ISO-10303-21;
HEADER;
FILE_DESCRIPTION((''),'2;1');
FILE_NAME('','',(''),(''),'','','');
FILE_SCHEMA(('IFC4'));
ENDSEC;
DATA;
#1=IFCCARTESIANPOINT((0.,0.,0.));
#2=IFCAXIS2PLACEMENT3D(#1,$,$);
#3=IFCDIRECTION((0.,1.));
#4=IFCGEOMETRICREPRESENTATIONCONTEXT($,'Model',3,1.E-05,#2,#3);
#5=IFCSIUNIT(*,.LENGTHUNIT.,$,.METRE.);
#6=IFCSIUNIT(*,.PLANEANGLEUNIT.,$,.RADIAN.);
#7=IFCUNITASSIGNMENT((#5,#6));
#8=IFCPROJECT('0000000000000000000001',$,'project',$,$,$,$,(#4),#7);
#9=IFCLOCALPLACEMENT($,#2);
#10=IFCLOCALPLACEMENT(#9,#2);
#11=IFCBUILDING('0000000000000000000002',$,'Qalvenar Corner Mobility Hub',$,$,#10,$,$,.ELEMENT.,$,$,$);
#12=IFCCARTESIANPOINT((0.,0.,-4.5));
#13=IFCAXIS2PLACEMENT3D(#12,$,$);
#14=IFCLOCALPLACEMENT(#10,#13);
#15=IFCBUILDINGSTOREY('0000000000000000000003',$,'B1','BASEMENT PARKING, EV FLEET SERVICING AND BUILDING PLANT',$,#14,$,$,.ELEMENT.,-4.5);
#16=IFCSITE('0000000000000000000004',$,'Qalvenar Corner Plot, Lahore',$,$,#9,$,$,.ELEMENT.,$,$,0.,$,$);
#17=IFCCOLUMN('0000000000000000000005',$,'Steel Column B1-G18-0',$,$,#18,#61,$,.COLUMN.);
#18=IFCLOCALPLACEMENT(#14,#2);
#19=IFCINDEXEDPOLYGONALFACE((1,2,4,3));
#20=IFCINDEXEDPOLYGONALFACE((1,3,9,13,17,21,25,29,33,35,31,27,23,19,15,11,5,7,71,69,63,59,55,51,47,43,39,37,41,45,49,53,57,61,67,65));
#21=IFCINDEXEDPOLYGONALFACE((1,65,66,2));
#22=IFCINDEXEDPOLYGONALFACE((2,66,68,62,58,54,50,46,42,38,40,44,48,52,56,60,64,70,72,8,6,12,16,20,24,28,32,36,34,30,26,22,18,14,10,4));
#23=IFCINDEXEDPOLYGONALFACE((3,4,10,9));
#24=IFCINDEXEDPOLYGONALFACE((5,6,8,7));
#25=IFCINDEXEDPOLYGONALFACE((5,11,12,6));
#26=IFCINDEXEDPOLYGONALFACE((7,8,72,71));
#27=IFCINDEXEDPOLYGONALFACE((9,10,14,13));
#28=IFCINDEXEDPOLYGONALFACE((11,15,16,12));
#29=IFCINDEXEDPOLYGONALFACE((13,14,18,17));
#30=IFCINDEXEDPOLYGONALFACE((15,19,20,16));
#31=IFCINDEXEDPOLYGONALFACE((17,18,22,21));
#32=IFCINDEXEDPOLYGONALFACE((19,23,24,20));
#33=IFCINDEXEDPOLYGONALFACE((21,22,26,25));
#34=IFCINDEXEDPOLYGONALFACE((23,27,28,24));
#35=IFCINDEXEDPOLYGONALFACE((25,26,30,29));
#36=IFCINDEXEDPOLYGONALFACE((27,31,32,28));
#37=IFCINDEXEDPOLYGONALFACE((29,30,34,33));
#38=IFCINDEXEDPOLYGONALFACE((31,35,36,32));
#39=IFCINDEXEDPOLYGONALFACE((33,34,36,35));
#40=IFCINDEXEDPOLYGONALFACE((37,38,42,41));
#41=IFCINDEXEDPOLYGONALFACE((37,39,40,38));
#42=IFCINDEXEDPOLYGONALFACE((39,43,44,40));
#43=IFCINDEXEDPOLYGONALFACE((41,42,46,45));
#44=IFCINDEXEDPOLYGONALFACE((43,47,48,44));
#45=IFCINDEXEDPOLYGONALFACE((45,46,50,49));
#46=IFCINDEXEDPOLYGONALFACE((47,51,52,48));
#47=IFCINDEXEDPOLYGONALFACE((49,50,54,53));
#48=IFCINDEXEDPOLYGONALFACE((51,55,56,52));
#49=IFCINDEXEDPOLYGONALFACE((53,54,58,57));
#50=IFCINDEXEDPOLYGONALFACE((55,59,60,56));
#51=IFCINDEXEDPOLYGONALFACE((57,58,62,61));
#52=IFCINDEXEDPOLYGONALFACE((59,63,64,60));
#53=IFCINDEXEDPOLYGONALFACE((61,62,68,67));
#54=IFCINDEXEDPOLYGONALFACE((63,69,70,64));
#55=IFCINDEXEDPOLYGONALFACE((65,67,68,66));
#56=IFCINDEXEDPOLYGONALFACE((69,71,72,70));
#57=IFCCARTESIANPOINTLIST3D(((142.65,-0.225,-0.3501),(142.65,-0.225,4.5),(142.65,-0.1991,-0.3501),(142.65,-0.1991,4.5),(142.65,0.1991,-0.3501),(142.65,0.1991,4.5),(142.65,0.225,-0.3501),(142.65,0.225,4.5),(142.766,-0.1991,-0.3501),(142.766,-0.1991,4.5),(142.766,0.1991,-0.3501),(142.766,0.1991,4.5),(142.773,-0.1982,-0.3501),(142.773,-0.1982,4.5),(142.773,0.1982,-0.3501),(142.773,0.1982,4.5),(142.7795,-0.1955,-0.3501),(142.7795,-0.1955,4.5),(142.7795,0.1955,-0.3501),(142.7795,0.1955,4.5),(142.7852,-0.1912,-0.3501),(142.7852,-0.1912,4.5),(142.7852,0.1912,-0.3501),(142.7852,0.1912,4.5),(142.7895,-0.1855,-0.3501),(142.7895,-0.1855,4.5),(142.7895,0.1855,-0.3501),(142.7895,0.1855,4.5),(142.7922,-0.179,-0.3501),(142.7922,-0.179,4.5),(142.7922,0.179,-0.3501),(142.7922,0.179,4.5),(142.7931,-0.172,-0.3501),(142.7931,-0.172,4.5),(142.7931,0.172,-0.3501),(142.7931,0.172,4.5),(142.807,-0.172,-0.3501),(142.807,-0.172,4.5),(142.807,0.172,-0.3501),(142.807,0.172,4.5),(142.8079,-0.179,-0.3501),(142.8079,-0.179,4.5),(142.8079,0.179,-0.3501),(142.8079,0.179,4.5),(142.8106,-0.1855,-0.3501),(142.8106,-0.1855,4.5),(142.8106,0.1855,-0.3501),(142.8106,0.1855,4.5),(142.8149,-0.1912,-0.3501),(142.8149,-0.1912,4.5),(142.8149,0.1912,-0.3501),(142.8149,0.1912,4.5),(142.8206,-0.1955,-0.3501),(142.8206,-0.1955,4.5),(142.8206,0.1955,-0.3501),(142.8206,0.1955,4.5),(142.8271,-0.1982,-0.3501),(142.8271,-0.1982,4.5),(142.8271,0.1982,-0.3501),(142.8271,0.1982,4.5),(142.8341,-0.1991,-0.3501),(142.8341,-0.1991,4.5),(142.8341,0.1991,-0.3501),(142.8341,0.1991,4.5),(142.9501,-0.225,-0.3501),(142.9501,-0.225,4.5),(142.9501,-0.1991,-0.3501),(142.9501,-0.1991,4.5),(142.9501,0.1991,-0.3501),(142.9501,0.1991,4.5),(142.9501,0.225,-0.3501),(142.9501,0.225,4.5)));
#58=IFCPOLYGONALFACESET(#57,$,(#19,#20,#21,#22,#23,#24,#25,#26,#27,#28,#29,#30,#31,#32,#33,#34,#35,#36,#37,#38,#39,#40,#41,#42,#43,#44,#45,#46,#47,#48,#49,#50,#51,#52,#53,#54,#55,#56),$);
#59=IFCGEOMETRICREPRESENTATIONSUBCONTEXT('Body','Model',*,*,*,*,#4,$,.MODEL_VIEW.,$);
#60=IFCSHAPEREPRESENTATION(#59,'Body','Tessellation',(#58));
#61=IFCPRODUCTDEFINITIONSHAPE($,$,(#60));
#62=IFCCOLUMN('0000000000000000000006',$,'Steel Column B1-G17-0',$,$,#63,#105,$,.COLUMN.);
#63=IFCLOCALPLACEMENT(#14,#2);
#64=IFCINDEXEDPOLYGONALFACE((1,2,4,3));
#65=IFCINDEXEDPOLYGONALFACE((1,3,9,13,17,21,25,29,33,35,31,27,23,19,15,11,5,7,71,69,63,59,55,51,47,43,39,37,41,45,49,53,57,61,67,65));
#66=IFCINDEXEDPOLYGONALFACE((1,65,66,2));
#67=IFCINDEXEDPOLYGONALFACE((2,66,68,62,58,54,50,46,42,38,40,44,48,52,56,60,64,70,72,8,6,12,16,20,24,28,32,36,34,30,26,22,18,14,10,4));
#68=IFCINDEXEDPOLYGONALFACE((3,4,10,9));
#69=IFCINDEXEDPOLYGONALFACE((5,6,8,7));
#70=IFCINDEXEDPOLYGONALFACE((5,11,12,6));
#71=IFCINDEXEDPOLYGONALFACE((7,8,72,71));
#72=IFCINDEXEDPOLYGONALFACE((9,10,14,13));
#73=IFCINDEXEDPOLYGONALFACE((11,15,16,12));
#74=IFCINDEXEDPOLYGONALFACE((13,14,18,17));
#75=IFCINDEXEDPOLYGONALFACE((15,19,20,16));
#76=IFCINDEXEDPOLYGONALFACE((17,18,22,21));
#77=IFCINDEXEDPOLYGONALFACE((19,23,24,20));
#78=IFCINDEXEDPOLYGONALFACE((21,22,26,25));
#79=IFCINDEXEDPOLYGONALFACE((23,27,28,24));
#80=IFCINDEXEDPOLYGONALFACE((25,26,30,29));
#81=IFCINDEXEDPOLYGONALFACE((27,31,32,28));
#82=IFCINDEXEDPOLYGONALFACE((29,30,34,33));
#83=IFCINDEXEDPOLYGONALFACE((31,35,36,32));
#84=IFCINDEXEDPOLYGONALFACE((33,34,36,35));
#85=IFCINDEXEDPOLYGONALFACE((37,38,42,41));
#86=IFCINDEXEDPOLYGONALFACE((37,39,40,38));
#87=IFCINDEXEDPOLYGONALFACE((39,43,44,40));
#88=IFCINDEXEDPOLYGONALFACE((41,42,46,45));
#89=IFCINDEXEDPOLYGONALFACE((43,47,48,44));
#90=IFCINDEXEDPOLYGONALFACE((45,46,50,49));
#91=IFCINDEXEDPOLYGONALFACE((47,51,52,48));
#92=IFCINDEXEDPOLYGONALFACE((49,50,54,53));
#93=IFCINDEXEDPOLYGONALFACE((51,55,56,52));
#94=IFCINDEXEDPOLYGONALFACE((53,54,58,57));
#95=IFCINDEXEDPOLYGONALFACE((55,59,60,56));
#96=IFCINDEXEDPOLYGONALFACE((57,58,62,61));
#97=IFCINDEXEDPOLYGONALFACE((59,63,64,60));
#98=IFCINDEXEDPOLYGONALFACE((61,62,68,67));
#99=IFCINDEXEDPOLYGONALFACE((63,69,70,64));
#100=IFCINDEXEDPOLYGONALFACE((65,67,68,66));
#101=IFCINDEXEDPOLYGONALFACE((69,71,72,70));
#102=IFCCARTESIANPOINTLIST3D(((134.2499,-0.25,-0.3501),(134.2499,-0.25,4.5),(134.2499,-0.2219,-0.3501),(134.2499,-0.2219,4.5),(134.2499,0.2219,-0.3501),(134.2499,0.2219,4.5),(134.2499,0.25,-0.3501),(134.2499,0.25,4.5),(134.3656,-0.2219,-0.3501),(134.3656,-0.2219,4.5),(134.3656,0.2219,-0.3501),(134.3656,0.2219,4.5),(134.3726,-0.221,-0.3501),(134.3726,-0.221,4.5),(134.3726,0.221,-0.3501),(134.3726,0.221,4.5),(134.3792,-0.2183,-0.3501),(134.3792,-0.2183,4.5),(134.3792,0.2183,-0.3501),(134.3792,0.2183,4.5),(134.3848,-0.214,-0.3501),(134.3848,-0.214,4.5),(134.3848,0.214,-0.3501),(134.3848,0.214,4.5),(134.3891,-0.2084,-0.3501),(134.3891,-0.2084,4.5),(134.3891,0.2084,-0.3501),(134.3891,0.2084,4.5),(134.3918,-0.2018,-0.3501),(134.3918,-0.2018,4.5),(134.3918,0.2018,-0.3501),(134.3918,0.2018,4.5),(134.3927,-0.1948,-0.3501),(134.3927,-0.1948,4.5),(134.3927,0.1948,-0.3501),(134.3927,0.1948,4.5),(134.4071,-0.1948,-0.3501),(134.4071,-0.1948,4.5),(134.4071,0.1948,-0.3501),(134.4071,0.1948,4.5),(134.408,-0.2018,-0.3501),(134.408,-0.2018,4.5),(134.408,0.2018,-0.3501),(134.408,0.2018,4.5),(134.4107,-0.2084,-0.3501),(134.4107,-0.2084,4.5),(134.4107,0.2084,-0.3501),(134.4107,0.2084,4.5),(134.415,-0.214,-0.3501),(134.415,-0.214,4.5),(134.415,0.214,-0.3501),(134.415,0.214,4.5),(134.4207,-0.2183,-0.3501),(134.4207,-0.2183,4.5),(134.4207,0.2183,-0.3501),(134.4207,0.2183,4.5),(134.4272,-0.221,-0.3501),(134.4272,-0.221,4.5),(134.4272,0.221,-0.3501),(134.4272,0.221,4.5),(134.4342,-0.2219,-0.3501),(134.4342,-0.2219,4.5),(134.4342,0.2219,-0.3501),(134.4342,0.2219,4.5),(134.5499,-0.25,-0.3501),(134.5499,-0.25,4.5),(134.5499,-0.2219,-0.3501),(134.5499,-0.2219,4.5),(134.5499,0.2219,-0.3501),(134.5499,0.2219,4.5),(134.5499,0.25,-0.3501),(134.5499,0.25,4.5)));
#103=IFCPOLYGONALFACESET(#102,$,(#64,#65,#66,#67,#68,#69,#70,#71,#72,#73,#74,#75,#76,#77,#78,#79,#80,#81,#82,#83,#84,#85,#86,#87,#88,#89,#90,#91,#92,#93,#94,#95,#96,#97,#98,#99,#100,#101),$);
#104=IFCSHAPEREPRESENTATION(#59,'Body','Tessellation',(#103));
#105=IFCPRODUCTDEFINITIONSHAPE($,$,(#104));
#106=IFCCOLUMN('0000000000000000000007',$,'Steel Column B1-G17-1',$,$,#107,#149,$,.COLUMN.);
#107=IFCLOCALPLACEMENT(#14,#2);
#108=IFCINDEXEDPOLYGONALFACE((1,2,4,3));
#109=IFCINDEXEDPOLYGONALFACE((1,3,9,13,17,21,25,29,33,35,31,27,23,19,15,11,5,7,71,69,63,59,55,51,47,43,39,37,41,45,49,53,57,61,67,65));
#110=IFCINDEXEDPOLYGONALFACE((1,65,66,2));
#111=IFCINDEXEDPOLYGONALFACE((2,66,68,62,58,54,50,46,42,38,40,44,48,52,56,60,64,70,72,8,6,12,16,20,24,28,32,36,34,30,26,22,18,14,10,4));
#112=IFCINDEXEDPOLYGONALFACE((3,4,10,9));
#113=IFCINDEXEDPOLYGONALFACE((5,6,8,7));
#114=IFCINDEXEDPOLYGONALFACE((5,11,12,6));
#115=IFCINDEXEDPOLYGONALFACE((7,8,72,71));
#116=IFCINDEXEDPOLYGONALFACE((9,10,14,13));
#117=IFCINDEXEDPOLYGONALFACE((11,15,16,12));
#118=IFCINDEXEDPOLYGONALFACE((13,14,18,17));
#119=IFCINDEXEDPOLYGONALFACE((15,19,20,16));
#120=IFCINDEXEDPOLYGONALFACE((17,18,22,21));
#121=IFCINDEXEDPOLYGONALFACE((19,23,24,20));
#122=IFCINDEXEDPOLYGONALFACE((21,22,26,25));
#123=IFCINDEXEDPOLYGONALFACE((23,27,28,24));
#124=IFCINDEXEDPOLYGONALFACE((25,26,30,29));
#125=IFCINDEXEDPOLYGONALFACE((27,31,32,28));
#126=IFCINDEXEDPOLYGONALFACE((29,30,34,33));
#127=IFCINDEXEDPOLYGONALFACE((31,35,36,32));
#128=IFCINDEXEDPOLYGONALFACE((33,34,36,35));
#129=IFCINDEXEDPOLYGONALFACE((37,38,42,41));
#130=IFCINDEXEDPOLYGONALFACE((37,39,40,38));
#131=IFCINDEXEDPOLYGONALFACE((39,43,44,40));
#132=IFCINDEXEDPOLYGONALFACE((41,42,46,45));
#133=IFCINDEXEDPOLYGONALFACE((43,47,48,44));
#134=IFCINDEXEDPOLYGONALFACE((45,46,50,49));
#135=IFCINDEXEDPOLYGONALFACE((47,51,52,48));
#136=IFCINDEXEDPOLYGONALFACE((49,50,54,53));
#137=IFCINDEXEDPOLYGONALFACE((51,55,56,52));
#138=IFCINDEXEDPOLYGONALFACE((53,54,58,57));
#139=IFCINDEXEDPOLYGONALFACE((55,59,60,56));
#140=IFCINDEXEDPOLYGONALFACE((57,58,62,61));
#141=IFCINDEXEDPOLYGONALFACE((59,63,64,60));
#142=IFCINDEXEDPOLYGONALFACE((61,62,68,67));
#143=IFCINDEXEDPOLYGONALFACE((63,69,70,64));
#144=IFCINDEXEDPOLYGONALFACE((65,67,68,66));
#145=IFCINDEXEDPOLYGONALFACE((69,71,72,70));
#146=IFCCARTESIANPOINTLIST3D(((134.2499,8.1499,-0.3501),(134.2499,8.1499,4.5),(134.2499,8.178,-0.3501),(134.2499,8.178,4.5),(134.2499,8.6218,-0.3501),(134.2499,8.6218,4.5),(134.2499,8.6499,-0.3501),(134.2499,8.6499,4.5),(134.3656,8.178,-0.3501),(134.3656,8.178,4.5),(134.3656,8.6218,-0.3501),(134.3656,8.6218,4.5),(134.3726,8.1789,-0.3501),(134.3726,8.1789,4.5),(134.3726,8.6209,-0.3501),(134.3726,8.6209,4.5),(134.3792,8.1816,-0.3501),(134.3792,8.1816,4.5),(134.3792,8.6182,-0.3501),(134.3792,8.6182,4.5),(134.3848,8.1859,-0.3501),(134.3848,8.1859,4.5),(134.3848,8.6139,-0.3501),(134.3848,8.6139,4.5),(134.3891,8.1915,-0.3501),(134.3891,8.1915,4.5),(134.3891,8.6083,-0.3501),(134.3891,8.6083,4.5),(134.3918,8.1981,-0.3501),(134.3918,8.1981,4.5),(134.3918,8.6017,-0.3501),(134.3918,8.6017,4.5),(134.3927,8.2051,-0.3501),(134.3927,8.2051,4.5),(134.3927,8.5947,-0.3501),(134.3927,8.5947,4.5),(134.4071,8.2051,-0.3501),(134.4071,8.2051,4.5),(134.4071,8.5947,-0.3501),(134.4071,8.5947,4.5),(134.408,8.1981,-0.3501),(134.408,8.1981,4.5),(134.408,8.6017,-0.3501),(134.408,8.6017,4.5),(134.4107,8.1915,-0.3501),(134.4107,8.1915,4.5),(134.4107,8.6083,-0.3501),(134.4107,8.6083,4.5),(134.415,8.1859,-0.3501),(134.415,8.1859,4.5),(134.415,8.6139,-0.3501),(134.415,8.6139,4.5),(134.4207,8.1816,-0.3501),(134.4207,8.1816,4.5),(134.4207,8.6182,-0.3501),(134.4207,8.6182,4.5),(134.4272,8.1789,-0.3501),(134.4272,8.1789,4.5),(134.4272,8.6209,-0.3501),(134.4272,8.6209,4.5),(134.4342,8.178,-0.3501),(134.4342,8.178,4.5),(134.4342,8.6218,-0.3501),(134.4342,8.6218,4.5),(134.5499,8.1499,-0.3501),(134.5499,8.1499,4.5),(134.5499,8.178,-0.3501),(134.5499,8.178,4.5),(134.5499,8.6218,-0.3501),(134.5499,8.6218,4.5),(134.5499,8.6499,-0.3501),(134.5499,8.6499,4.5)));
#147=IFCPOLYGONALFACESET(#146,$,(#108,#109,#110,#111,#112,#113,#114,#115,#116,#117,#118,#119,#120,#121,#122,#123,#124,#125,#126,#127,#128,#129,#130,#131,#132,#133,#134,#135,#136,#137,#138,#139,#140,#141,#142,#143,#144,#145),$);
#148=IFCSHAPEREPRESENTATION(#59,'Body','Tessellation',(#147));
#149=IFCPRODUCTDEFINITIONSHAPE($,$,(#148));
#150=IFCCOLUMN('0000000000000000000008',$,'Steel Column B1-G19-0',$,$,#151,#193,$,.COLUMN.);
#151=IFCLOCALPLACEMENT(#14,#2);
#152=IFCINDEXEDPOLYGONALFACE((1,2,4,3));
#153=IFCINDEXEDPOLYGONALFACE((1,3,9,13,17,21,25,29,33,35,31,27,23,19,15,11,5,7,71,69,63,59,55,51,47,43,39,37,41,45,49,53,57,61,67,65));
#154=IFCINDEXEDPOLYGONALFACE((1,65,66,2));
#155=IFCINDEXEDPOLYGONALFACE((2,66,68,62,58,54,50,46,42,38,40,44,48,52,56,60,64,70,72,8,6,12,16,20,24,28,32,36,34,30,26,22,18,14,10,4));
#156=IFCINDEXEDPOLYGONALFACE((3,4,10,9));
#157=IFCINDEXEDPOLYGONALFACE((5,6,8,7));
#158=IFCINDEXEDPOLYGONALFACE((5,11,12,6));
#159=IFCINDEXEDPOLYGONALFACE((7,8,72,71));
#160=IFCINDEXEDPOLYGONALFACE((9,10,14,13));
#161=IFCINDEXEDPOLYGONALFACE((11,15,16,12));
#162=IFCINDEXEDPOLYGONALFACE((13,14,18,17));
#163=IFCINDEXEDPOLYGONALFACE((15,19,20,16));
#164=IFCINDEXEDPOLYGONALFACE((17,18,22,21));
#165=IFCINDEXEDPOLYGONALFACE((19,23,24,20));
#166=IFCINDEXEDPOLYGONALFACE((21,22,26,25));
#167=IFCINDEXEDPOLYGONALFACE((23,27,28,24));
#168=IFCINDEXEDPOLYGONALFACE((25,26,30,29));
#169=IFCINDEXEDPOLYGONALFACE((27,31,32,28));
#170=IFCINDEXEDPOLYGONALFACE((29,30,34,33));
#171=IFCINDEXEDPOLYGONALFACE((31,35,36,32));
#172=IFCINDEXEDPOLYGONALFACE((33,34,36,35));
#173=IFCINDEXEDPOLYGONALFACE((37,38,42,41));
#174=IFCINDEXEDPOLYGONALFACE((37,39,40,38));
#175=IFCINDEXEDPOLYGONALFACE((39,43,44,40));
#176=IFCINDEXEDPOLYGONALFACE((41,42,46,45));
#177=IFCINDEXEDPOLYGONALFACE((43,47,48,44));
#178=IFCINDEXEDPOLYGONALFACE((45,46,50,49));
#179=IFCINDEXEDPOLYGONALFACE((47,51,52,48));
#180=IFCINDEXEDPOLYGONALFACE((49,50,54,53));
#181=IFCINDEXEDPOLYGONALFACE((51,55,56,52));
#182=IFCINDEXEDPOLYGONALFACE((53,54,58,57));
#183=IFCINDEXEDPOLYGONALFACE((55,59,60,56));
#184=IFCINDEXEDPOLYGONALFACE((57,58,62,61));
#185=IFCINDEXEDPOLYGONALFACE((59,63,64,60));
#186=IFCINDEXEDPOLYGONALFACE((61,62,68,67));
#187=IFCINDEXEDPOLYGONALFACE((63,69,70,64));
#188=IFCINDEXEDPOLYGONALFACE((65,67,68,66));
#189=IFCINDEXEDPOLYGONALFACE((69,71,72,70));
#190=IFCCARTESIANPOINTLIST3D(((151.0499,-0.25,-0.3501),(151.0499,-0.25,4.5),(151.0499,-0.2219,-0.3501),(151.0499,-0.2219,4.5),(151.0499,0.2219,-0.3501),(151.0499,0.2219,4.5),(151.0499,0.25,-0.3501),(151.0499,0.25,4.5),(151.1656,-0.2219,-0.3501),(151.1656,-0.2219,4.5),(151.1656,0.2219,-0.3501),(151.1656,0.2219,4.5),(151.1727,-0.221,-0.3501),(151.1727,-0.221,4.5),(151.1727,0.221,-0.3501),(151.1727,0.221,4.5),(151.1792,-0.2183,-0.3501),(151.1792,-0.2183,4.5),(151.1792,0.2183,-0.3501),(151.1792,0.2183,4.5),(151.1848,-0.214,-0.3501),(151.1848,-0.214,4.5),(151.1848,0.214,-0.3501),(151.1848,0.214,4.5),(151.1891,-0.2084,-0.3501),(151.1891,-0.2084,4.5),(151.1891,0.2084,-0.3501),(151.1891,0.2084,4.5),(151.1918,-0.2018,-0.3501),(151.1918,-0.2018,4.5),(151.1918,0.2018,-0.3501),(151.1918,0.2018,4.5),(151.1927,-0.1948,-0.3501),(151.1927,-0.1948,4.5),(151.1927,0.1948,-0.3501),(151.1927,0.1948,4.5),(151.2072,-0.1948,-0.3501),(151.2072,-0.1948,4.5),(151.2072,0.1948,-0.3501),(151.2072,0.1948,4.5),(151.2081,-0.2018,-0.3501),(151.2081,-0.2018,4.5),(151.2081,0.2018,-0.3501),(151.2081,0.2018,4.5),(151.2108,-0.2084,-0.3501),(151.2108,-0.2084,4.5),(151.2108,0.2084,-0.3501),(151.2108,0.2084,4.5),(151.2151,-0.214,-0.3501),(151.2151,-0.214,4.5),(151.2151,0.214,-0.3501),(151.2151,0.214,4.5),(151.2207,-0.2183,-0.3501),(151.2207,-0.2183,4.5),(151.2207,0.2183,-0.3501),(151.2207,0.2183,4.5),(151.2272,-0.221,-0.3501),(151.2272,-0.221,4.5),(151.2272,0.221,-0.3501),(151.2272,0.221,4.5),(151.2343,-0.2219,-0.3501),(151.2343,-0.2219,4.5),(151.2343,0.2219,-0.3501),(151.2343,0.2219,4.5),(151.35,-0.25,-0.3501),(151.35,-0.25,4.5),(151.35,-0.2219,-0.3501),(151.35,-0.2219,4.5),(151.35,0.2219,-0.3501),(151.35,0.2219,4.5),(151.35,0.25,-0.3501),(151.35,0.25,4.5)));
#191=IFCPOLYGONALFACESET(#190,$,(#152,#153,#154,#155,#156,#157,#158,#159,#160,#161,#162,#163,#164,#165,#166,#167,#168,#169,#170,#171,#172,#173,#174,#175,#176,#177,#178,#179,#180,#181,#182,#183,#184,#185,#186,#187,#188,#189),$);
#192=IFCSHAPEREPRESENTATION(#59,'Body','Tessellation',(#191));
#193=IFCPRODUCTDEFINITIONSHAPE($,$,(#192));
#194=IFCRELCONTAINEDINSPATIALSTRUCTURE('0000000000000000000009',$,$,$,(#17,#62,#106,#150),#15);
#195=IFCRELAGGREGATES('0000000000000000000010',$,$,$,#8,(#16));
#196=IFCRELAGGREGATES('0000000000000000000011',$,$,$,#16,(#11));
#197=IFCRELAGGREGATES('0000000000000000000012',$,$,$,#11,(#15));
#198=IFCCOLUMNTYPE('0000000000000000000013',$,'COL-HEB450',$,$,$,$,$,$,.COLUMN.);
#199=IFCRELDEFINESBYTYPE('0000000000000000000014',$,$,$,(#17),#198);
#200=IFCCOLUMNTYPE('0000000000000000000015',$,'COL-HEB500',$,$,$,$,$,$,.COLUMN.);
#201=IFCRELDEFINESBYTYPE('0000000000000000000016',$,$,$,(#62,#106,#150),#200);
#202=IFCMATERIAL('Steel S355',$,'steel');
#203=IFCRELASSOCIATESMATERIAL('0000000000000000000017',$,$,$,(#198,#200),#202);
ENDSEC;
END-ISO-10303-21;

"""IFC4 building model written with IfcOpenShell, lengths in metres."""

from ifc_helpers import new_model, si_unit, direction, frame, origin, origin_2d, place, context, subcontext, project, spatial, i_section, extrude, material, material_profile, profile_set, type_object, element, save


model = new_model("IFC4")

# Units and contexts
model_context = context("Model", 3, precision=1e-05, world=origin(), true_north=direction((0.0, 1.0)))
body_context = subcontext(model_context, "Body", "Model", "MODEL_VIEW")
ifc_project = project(units=[si_unit("LENGTHUNIT", "METRE"), si_unit("PLANEANGLEUNIT", "RADIAN")], contexts=[model_context])

# Site, building, storey
site_placement = place(None, origin())
site = spatial("IfcSite", under=ifc_project, at=site_placement, Name="Qalvenar Corner Plot, Lahore", CompositionType="ELEMENT", RefElevation=0.0)
building_placement = place(site_placement, origin())
building = spatial("IfcBuilding", under=site, at=building_placement, Name="Qalvenar Corner Mobility Hub", CompositionType="ELEMENT")
storey_placement = place(building_placement, frame((0.0, 0.0, -4.5)))
storey = spatial("IfcBuildingStorey", under=building, at=storey_placement, Name="B1", Description="BASEMENT PARKING, EV FLEET SERVICING AND BUILDING PLANT", CompositionType="ELEMENT", Elevation=-4.5)

# Columns
ifc_material_1 = material(Name="Steel S355", Category="steel")
ifc_material_profile_1 = material_profile(ifc_material_1, i_section(OverallWidth=0.3, OverallDepth=0.45, WebThickness=0.0139, FlangeThickness=0.0259, FilletRadius=0.0271, at=origin_2d()), Name="HEB450")
ifc_profile_set_1 = profile_set([ifc_material_profile_1], Name="Steel S355")
column_type_1 = type_object("IfcColumnType", Name="COL-HEB450", PredefinedType="COLUMN", material=ifc_profile_set_1)
column_placement = place(storey_placement, frame((142.8, 0.0, -0.3501), z_axis=(0.0, 0.0, 1.0), x_axis=(1.0, 0.0, 0.0)))
element("IfcColumn", 1, at=column_placement, inside=storey, type_object=column_type_1, Name="Steel Column B1-G18-0", PredefinedType="COLUMN", context=body_context, shape_type="SweptSolid", body=[
    extrude(i_section(OverallWidth=0.3, OverallDepth=0.45, WebThickness=0.0139, FlangeThickness=0.0259, FilletRadius=0.0271, at=origin_2d()), origin(), (0.0, 0.0, 1.0), 4.8501),
])
ifc_material_profile_2 = material_profile(ifc_material_1, i_section(OverallWidth=0.3, OverallDepth=0.5, WebThickness=0.0144, FlangeThickness=0.0281, FilletRadius=0.0271, at=origin_2d()), Name="HEB500")
ifc_profile_set_2 = profile_set([ifc_material_profile_2], Name="Steel S355")
column_type_2 = type_object("IfcColumnType", Name="COL-HEB500", PredefinedType="COLUMN", material=ifc_profile_set_2)
for number, where, z_axis, x_axis, name in (
    (2, (134.3999, 0.0, -0.3501), (0.0, 0.0, 1.0), (1.0, 0.0, 0.0), "Steel Column B1-G17-0"),
    (3, (134.3999, 8.3999, -0.3501), (0.0, 0.0, 1.0), (1.0, 0.0, 0.0), "Steel Column B1-G17-1"),
    (4, (151.2, 0.0, -0.3501), (0.0, 0.0, 1.0), (1.0, 0.0, 0.0), "Steel Column B1-G19-0"),
):
    element("IfcColumn", number, at=place(storey_placement, frame(where, z_axis=z_axis, x_axis=x_axis)), inside=storey, type_object=column_type_2, Name=name, PredefinedType="COLUMN", context=body_context, shape_type="SweptSolid", body=[
        extrude(i_section(OverallWidth=0.3, OverallDepth=0.5, WebThickness=0.0144, FlangeThickness=0.0281, FilletRadius=0.0271, at=origin_2d()), origin(), (0.0, 0.0, 1.0), 4.8501),
    ])

save(model, "model.ifc")
